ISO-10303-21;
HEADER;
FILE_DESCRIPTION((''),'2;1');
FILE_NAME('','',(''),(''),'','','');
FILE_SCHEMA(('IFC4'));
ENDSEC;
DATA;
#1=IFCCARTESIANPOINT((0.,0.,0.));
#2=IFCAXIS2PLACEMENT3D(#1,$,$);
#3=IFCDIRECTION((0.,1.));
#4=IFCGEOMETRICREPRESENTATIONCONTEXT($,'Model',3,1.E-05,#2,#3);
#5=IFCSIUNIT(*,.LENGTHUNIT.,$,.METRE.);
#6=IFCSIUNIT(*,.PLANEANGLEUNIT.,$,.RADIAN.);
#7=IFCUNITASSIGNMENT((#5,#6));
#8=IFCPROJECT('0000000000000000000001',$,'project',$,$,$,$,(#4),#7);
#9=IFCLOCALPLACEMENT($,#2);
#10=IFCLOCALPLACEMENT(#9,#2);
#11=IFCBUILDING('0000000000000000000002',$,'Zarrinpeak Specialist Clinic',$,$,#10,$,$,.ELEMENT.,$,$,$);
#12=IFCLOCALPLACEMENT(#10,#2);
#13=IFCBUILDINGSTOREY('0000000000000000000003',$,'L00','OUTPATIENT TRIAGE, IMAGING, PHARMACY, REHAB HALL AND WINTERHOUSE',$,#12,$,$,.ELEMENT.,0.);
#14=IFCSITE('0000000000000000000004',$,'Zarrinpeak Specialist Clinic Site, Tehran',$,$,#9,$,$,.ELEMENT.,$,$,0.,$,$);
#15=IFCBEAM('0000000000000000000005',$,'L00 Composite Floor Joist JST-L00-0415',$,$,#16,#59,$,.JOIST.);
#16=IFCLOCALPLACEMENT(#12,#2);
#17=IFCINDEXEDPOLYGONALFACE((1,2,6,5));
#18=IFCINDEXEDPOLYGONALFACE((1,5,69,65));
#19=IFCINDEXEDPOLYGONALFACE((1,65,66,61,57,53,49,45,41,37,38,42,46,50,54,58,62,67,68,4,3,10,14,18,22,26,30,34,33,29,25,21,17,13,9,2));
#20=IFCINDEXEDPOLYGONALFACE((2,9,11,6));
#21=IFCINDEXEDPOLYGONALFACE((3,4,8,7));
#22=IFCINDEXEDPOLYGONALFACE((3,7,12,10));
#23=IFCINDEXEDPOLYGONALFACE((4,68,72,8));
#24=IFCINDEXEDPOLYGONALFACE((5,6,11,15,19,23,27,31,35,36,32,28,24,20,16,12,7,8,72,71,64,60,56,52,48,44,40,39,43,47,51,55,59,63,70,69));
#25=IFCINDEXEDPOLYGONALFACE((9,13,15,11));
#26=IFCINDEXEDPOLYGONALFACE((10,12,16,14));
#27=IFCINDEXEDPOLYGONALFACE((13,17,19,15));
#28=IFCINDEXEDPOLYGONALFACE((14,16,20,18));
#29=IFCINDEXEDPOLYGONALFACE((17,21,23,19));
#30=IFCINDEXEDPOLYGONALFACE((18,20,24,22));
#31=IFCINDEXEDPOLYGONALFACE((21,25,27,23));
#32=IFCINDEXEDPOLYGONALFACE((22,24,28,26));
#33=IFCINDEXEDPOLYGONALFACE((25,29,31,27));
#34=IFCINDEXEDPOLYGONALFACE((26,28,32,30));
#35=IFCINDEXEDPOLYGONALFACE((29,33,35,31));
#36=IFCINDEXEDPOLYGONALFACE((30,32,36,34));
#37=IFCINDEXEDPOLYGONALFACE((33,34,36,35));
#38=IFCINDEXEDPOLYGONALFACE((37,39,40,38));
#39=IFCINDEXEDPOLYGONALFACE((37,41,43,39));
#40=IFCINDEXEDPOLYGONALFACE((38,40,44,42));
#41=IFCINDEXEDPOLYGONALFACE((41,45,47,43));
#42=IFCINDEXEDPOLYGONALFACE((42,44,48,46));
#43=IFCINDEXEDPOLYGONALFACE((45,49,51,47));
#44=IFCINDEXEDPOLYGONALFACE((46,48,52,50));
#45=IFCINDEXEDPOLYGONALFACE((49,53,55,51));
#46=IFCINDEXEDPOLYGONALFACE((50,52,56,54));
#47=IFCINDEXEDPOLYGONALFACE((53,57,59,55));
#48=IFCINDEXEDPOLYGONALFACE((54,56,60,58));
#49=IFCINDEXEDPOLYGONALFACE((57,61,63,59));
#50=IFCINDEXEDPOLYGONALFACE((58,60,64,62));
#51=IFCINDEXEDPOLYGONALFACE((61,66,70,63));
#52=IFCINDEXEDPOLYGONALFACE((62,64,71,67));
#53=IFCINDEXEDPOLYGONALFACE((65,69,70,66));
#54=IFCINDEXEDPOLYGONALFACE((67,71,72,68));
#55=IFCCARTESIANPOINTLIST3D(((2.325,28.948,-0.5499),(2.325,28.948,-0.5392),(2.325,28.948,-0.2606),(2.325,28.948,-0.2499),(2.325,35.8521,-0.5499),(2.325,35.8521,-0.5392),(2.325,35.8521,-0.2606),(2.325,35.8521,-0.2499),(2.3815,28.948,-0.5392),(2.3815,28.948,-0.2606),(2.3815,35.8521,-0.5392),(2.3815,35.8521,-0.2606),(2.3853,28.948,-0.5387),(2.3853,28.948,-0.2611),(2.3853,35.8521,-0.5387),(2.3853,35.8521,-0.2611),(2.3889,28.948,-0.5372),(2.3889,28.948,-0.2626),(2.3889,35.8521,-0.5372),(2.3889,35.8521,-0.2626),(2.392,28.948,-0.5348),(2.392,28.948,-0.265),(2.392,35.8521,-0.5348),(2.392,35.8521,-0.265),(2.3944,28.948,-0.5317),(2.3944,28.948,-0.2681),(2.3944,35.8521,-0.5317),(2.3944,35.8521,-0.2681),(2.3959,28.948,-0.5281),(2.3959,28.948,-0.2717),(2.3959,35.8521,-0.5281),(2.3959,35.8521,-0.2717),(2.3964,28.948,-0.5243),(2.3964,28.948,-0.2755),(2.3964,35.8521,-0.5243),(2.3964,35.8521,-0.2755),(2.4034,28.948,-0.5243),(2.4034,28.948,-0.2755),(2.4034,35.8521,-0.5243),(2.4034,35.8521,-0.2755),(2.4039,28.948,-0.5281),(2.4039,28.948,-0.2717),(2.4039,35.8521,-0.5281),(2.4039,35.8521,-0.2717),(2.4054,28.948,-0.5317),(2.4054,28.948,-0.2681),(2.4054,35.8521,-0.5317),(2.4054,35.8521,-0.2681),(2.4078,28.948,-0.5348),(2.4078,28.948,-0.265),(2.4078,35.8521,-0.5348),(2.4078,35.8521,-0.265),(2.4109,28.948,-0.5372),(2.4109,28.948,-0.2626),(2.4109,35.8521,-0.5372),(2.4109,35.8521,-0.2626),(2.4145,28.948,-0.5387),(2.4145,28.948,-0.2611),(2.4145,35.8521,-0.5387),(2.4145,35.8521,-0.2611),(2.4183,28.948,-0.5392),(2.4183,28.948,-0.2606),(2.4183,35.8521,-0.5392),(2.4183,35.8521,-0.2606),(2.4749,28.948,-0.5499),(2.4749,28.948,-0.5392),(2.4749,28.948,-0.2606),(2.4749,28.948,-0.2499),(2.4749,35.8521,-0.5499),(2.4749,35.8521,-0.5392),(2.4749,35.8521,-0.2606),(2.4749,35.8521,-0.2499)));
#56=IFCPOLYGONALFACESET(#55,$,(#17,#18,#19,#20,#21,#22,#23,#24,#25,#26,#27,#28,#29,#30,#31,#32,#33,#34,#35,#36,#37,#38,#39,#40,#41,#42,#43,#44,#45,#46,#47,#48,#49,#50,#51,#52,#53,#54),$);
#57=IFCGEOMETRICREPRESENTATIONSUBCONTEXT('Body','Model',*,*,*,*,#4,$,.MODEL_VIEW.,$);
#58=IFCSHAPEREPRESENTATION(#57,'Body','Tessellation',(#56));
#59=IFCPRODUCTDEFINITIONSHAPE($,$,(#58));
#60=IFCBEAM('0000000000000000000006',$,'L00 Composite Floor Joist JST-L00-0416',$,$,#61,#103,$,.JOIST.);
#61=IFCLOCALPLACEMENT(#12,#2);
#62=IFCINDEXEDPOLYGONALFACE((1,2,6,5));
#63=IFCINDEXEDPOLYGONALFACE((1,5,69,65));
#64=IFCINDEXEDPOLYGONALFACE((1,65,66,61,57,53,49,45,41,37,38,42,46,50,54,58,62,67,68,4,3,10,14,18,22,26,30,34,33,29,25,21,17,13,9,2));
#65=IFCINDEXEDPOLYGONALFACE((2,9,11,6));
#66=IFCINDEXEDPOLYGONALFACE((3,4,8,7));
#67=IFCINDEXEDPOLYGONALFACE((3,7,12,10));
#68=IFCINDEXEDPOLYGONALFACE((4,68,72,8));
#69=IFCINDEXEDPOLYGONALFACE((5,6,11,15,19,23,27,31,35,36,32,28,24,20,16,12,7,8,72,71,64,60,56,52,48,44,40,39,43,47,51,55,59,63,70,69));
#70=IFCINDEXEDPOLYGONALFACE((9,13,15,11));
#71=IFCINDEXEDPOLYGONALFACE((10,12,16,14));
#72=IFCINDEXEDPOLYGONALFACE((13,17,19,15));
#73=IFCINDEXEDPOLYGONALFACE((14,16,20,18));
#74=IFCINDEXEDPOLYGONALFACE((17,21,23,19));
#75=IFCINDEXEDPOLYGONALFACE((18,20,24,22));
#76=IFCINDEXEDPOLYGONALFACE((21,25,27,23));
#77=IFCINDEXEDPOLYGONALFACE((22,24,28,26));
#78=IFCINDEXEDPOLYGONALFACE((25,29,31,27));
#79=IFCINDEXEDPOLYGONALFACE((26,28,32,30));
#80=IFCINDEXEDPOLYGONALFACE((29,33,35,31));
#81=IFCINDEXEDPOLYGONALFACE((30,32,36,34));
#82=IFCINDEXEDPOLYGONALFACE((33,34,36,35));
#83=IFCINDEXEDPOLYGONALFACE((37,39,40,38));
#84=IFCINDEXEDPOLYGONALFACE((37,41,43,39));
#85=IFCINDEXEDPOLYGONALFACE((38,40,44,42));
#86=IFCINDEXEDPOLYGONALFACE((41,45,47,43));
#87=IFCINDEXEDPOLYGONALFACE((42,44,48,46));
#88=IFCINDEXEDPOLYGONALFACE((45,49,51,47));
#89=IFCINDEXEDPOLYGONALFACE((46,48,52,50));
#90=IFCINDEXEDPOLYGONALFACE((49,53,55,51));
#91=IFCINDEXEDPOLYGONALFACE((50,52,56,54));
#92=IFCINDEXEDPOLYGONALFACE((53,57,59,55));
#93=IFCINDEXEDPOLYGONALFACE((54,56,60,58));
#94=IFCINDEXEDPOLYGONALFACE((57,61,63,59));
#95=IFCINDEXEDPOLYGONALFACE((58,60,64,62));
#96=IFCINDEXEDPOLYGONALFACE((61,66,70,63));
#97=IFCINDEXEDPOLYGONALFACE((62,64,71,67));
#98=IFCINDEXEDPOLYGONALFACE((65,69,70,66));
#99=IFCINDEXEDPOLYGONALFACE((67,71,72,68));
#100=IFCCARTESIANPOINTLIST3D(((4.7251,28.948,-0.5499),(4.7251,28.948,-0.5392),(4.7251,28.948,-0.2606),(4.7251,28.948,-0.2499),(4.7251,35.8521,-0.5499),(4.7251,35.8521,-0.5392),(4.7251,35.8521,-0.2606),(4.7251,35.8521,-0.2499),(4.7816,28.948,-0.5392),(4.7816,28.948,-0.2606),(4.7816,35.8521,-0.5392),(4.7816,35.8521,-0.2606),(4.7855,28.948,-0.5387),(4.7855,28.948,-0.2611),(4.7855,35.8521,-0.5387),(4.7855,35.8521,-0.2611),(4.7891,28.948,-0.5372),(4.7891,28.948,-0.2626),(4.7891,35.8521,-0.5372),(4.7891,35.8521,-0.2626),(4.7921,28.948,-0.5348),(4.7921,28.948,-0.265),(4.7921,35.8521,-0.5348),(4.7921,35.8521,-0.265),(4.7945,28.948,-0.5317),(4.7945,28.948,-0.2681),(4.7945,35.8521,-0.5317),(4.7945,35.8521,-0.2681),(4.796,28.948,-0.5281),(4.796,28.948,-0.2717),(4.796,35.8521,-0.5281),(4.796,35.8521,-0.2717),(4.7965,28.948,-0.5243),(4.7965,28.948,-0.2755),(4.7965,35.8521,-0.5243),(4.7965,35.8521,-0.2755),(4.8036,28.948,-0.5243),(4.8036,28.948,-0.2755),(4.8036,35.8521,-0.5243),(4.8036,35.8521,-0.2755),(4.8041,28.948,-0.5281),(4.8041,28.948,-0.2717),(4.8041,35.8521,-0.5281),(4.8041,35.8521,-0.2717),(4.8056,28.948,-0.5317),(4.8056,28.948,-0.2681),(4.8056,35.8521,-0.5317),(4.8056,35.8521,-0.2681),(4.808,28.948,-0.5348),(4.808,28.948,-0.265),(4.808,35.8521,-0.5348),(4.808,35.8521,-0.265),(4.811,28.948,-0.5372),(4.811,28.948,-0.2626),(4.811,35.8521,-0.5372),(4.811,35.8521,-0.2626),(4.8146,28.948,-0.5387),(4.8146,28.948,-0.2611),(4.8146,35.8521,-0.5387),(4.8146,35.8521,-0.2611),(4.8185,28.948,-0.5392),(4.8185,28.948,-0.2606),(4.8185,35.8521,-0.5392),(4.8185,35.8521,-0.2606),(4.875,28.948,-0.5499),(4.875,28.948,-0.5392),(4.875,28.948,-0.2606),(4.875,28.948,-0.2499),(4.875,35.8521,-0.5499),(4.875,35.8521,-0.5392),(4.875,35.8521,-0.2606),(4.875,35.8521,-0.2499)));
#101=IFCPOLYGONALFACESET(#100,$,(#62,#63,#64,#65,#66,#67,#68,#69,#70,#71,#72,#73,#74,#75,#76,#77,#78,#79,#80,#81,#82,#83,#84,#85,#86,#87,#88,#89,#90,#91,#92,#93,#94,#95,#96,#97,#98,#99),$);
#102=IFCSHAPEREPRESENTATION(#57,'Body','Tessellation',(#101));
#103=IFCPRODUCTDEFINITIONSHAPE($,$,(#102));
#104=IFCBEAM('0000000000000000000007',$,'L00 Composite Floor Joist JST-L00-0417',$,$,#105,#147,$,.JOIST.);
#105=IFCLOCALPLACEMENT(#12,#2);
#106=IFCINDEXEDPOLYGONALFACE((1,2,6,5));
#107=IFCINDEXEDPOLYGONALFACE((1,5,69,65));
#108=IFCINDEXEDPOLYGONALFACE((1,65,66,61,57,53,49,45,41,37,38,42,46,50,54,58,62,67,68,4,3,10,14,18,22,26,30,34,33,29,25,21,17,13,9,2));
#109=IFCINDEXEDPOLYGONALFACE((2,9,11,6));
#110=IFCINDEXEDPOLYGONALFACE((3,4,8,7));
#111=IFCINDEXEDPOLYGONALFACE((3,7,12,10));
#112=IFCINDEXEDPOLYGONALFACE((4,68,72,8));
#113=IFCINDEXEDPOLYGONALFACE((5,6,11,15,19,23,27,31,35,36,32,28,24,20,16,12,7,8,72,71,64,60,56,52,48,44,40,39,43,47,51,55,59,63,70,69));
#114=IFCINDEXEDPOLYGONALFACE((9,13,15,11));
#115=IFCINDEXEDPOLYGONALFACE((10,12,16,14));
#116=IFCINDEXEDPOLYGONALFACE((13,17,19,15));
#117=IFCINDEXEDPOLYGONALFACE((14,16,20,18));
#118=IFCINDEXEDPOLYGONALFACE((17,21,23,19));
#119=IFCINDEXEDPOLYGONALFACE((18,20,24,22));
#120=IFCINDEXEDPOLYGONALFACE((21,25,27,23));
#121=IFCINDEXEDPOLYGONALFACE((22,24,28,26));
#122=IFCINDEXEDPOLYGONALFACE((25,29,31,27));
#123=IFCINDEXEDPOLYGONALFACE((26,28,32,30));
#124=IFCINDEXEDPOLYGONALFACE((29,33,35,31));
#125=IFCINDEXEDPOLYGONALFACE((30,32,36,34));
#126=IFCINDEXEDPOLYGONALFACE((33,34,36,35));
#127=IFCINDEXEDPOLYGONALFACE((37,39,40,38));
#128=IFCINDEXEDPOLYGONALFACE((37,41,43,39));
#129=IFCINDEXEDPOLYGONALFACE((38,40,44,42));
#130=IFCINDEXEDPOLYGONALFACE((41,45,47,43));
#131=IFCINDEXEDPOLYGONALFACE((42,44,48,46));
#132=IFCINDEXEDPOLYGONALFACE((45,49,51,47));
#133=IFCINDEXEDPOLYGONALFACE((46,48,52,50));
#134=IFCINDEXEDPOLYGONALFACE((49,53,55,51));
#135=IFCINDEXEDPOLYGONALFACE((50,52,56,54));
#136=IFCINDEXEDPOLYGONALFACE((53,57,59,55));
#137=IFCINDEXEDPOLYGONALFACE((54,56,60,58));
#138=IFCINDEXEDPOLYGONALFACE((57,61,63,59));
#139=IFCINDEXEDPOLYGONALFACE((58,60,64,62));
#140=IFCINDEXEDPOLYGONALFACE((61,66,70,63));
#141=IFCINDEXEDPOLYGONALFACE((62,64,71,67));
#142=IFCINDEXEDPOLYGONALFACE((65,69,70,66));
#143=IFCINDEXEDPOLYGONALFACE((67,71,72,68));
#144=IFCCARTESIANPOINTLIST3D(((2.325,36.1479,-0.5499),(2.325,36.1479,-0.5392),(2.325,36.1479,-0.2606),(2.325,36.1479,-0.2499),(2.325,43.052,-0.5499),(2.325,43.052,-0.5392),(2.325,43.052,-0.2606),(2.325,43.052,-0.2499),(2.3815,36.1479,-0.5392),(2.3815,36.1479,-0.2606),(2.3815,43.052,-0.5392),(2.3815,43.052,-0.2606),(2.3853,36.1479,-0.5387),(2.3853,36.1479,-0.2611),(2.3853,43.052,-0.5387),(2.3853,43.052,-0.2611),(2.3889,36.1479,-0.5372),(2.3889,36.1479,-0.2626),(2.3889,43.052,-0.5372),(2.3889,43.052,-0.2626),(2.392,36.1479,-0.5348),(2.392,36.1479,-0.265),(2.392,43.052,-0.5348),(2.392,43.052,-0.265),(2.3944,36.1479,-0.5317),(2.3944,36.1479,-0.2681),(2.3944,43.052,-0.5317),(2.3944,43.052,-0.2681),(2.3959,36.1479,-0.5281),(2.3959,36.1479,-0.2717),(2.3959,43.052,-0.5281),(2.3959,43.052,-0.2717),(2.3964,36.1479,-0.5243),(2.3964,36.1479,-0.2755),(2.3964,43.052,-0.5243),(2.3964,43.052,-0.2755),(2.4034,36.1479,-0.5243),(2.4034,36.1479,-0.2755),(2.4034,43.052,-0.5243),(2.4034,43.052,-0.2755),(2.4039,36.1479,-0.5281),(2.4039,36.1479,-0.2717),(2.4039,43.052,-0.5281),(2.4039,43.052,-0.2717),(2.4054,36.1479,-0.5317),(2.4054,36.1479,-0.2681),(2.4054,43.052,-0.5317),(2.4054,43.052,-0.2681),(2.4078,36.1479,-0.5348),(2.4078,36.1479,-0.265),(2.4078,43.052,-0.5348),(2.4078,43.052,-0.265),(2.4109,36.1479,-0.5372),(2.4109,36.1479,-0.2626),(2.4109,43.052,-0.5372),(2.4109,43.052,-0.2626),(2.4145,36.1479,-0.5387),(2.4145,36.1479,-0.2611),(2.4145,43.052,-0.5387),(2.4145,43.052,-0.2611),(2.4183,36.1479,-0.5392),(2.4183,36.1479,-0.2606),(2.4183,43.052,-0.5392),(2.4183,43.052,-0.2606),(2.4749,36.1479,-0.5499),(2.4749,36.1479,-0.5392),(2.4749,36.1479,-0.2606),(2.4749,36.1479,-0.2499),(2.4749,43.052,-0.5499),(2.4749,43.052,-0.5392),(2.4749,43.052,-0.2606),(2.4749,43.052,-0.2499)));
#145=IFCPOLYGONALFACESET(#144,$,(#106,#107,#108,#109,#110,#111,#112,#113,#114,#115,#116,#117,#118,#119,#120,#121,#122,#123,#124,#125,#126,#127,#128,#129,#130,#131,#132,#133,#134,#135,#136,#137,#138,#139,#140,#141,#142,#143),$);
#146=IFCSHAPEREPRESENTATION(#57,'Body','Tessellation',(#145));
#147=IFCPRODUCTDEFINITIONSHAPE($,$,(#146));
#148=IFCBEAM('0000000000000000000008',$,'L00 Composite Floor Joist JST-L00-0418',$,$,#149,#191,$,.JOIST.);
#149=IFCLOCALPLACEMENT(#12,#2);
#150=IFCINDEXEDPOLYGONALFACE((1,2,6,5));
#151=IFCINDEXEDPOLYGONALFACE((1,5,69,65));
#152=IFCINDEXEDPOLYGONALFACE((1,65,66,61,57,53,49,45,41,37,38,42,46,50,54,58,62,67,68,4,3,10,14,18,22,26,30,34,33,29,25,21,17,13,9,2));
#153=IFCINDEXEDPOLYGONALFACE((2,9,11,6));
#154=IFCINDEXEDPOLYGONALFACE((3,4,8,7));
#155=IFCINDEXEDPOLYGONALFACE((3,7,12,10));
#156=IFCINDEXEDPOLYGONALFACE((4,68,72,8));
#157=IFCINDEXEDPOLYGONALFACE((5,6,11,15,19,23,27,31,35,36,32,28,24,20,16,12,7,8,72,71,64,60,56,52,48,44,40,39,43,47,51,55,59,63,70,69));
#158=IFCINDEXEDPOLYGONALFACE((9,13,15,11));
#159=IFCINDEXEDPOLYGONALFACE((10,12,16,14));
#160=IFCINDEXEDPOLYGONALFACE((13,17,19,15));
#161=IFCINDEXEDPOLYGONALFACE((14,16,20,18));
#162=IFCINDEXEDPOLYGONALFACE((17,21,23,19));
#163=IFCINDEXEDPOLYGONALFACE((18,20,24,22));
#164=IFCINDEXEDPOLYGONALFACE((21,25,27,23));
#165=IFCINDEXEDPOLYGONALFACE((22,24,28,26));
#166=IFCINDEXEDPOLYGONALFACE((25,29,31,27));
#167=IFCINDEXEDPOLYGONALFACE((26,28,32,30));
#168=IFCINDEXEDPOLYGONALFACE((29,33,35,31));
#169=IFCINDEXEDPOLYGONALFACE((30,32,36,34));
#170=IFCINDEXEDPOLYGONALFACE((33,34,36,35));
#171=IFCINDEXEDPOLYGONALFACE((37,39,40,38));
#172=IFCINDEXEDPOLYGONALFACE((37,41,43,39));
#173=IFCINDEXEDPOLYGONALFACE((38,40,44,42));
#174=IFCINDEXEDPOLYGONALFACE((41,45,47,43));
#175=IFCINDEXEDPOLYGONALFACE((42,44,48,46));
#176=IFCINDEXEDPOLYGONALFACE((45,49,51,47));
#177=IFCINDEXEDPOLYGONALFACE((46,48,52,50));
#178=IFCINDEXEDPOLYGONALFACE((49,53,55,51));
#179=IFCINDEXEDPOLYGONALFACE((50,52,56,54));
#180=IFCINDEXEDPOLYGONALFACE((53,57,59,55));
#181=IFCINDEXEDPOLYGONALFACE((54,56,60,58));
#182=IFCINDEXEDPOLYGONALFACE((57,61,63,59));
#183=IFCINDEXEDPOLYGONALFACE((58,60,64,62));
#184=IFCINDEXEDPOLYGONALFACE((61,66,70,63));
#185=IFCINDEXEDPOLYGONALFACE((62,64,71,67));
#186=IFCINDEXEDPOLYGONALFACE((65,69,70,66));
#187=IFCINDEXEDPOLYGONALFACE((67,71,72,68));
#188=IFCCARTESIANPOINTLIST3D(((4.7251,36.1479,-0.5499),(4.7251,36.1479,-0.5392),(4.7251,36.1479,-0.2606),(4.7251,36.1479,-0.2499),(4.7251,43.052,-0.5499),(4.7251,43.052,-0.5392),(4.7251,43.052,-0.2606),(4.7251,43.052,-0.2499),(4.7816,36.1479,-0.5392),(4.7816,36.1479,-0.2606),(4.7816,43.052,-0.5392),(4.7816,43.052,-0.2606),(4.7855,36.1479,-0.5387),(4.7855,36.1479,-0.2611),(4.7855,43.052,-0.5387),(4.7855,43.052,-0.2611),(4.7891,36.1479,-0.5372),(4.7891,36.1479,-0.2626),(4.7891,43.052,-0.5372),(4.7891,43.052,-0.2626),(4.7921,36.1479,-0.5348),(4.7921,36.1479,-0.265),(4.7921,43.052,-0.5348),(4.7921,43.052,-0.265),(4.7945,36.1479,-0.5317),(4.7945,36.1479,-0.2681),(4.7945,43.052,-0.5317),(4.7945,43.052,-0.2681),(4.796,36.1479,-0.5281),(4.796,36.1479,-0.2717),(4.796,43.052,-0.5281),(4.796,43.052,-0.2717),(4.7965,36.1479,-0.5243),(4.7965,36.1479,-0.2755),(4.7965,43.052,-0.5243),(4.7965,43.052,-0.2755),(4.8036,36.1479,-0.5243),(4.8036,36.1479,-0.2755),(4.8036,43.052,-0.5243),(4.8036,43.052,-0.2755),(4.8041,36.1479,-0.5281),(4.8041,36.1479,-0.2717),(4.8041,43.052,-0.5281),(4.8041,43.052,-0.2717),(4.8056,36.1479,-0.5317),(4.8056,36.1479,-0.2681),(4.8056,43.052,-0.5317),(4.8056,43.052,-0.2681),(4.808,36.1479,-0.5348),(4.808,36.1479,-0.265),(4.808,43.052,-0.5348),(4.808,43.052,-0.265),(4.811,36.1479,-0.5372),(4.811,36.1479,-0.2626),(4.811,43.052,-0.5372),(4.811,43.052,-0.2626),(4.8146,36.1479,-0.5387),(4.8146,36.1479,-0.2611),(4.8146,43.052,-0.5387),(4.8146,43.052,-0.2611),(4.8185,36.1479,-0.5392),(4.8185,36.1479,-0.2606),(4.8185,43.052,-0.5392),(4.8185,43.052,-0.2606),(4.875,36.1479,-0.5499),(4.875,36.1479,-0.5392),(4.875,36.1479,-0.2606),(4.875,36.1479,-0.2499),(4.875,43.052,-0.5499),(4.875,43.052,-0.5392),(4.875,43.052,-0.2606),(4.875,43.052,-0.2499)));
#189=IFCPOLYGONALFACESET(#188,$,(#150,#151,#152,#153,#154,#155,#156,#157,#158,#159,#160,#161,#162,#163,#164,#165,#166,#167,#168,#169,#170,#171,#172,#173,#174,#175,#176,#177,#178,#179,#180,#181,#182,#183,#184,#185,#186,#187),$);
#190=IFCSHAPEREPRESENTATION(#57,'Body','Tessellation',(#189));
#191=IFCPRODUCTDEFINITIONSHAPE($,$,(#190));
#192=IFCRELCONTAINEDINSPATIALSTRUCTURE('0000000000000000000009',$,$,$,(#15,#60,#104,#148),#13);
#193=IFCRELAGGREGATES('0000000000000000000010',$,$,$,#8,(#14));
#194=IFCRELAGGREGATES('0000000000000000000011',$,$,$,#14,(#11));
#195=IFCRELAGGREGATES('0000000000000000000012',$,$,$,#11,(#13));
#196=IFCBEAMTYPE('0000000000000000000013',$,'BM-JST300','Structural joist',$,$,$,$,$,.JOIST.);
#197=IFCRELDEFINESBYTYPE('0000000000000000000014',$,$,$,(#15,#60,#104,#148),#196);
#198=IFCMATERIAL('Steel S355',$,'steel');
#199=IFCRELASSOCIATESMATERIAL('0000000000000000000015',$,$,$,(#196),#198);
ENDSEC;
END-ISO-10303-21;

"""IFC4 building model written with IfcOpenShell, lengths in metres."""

from ifc_helpers import new_model, si_unit, direction, frame, origin, origin_2d, place, context, subcontext, project, spatial, i_section, extrude, material, material_profile, profile_set, type_object, element, save


model = new_model("IFC4")

# Units and contexts
model_context = context("Model", 3, precision=1e-05, world=origin(), true_north=direction((0.0, 1.0)))
body_context = subcontext(model_context, "Body", "Model", "MODEL_VIEW")
ifc_project = project(units=[si_unit("LENGTHUNIT", "METRE"), si_unit("PLANEANGLEUNIT", "RADIAN")], contexts=[model_context])

# Site, building, storey
site_placement = place(None, origin())
site = spatial("IfcSite", under=ifc_project, at=site_placement, Name="Zarrinpeak Specialist Clinic Site, Tehran", CompositionType="ELEMENT", RefElevation=0.0)
building_placement = place(site_placement, origin())
building = spatial("IfcBuilding", under=site, at=building_placement, Name="Zarrinpeak Specialist Clinic", CompositionType="ELEMENT")
storey_placement = place(building_placement, origin())
storey = spatial("IfcBuildingStorey", under=building, at=storey_placement, Name="L00", Description="OUTPATIENT TRIAGE, IMAGING, PHARMACY, REHAB HALL AND WINTERHOUSE", CompositionType="ELEMENT", Elevation=0.0)

# Shared definitions
ifc_material_1 = material(Name="Steel S355", Category="steel")

# Beams
ifc_material_profile_1 = material_profile(ifc_material_1, i_section(OverallWidth=0.1499, OverallDepth=0.3, WebThickness=0.0071, FlangeThickness=0.0107, FilletRadius=0.0149, at=origin_2d()), Name="IPE 300")
ifc_profile_set_1 = profile_set([ifc_material_profile_1], Name="Steel S355")
beam_type_1 = type_object("IfcBeamType", Name="BM-JST300", Description="Structural joist", PredefinedType="JOIST", material=ifc_profile_set_1)
for number, where, z_axis, x_axis, name in (
    (1, (2.3999, 28.948, -0.3999), (0.0, 1.0, 0.0), (-1.0, 0.0, 0.0), "L00 Composite Floor Joist JST-L00-0415"),
    (2, (4.8, 28.948, -0.3999), (0.0, 1.0, 0.0), (-1.0, 0.0, 0.0), "L00 Composite Floor Joist JST-L00-0416"),
    (3, (2.3999, 36.1479, -0.3999), (0.0, 1.0, 0.0), (-1.0, 0.0, 0.0), "L00 Composite Floor Joist JST-L00-0417"),
    (4, (4.8, 36.1479, -0.3999), (0.0, 1.0, 0.0), (-1.0, 0.0, 0.0), "L00 Composite Floor Joist JST-L00-0418"),
):
    element("IfcBeam", number, at=place(storey_placement, frame(where, z_axis=z_axis, x_axis=x_axis)), inside=storey, type_object=beam_type_1, Name=name, PredefinedType="JOIST", context=body_context, shape_type="SweptSolid", body=[
        extrude(i_section(OverallWidth=0.1499, OverallDepth=0.3, WebThickness=0.0071, FlangeThickness=0.0107, FilletRadius=0.0149, at=origin_2d()), origin(), (0.0, 0.0, 1.0), 6.9041),
    ])

save(model, "model.ifc")
